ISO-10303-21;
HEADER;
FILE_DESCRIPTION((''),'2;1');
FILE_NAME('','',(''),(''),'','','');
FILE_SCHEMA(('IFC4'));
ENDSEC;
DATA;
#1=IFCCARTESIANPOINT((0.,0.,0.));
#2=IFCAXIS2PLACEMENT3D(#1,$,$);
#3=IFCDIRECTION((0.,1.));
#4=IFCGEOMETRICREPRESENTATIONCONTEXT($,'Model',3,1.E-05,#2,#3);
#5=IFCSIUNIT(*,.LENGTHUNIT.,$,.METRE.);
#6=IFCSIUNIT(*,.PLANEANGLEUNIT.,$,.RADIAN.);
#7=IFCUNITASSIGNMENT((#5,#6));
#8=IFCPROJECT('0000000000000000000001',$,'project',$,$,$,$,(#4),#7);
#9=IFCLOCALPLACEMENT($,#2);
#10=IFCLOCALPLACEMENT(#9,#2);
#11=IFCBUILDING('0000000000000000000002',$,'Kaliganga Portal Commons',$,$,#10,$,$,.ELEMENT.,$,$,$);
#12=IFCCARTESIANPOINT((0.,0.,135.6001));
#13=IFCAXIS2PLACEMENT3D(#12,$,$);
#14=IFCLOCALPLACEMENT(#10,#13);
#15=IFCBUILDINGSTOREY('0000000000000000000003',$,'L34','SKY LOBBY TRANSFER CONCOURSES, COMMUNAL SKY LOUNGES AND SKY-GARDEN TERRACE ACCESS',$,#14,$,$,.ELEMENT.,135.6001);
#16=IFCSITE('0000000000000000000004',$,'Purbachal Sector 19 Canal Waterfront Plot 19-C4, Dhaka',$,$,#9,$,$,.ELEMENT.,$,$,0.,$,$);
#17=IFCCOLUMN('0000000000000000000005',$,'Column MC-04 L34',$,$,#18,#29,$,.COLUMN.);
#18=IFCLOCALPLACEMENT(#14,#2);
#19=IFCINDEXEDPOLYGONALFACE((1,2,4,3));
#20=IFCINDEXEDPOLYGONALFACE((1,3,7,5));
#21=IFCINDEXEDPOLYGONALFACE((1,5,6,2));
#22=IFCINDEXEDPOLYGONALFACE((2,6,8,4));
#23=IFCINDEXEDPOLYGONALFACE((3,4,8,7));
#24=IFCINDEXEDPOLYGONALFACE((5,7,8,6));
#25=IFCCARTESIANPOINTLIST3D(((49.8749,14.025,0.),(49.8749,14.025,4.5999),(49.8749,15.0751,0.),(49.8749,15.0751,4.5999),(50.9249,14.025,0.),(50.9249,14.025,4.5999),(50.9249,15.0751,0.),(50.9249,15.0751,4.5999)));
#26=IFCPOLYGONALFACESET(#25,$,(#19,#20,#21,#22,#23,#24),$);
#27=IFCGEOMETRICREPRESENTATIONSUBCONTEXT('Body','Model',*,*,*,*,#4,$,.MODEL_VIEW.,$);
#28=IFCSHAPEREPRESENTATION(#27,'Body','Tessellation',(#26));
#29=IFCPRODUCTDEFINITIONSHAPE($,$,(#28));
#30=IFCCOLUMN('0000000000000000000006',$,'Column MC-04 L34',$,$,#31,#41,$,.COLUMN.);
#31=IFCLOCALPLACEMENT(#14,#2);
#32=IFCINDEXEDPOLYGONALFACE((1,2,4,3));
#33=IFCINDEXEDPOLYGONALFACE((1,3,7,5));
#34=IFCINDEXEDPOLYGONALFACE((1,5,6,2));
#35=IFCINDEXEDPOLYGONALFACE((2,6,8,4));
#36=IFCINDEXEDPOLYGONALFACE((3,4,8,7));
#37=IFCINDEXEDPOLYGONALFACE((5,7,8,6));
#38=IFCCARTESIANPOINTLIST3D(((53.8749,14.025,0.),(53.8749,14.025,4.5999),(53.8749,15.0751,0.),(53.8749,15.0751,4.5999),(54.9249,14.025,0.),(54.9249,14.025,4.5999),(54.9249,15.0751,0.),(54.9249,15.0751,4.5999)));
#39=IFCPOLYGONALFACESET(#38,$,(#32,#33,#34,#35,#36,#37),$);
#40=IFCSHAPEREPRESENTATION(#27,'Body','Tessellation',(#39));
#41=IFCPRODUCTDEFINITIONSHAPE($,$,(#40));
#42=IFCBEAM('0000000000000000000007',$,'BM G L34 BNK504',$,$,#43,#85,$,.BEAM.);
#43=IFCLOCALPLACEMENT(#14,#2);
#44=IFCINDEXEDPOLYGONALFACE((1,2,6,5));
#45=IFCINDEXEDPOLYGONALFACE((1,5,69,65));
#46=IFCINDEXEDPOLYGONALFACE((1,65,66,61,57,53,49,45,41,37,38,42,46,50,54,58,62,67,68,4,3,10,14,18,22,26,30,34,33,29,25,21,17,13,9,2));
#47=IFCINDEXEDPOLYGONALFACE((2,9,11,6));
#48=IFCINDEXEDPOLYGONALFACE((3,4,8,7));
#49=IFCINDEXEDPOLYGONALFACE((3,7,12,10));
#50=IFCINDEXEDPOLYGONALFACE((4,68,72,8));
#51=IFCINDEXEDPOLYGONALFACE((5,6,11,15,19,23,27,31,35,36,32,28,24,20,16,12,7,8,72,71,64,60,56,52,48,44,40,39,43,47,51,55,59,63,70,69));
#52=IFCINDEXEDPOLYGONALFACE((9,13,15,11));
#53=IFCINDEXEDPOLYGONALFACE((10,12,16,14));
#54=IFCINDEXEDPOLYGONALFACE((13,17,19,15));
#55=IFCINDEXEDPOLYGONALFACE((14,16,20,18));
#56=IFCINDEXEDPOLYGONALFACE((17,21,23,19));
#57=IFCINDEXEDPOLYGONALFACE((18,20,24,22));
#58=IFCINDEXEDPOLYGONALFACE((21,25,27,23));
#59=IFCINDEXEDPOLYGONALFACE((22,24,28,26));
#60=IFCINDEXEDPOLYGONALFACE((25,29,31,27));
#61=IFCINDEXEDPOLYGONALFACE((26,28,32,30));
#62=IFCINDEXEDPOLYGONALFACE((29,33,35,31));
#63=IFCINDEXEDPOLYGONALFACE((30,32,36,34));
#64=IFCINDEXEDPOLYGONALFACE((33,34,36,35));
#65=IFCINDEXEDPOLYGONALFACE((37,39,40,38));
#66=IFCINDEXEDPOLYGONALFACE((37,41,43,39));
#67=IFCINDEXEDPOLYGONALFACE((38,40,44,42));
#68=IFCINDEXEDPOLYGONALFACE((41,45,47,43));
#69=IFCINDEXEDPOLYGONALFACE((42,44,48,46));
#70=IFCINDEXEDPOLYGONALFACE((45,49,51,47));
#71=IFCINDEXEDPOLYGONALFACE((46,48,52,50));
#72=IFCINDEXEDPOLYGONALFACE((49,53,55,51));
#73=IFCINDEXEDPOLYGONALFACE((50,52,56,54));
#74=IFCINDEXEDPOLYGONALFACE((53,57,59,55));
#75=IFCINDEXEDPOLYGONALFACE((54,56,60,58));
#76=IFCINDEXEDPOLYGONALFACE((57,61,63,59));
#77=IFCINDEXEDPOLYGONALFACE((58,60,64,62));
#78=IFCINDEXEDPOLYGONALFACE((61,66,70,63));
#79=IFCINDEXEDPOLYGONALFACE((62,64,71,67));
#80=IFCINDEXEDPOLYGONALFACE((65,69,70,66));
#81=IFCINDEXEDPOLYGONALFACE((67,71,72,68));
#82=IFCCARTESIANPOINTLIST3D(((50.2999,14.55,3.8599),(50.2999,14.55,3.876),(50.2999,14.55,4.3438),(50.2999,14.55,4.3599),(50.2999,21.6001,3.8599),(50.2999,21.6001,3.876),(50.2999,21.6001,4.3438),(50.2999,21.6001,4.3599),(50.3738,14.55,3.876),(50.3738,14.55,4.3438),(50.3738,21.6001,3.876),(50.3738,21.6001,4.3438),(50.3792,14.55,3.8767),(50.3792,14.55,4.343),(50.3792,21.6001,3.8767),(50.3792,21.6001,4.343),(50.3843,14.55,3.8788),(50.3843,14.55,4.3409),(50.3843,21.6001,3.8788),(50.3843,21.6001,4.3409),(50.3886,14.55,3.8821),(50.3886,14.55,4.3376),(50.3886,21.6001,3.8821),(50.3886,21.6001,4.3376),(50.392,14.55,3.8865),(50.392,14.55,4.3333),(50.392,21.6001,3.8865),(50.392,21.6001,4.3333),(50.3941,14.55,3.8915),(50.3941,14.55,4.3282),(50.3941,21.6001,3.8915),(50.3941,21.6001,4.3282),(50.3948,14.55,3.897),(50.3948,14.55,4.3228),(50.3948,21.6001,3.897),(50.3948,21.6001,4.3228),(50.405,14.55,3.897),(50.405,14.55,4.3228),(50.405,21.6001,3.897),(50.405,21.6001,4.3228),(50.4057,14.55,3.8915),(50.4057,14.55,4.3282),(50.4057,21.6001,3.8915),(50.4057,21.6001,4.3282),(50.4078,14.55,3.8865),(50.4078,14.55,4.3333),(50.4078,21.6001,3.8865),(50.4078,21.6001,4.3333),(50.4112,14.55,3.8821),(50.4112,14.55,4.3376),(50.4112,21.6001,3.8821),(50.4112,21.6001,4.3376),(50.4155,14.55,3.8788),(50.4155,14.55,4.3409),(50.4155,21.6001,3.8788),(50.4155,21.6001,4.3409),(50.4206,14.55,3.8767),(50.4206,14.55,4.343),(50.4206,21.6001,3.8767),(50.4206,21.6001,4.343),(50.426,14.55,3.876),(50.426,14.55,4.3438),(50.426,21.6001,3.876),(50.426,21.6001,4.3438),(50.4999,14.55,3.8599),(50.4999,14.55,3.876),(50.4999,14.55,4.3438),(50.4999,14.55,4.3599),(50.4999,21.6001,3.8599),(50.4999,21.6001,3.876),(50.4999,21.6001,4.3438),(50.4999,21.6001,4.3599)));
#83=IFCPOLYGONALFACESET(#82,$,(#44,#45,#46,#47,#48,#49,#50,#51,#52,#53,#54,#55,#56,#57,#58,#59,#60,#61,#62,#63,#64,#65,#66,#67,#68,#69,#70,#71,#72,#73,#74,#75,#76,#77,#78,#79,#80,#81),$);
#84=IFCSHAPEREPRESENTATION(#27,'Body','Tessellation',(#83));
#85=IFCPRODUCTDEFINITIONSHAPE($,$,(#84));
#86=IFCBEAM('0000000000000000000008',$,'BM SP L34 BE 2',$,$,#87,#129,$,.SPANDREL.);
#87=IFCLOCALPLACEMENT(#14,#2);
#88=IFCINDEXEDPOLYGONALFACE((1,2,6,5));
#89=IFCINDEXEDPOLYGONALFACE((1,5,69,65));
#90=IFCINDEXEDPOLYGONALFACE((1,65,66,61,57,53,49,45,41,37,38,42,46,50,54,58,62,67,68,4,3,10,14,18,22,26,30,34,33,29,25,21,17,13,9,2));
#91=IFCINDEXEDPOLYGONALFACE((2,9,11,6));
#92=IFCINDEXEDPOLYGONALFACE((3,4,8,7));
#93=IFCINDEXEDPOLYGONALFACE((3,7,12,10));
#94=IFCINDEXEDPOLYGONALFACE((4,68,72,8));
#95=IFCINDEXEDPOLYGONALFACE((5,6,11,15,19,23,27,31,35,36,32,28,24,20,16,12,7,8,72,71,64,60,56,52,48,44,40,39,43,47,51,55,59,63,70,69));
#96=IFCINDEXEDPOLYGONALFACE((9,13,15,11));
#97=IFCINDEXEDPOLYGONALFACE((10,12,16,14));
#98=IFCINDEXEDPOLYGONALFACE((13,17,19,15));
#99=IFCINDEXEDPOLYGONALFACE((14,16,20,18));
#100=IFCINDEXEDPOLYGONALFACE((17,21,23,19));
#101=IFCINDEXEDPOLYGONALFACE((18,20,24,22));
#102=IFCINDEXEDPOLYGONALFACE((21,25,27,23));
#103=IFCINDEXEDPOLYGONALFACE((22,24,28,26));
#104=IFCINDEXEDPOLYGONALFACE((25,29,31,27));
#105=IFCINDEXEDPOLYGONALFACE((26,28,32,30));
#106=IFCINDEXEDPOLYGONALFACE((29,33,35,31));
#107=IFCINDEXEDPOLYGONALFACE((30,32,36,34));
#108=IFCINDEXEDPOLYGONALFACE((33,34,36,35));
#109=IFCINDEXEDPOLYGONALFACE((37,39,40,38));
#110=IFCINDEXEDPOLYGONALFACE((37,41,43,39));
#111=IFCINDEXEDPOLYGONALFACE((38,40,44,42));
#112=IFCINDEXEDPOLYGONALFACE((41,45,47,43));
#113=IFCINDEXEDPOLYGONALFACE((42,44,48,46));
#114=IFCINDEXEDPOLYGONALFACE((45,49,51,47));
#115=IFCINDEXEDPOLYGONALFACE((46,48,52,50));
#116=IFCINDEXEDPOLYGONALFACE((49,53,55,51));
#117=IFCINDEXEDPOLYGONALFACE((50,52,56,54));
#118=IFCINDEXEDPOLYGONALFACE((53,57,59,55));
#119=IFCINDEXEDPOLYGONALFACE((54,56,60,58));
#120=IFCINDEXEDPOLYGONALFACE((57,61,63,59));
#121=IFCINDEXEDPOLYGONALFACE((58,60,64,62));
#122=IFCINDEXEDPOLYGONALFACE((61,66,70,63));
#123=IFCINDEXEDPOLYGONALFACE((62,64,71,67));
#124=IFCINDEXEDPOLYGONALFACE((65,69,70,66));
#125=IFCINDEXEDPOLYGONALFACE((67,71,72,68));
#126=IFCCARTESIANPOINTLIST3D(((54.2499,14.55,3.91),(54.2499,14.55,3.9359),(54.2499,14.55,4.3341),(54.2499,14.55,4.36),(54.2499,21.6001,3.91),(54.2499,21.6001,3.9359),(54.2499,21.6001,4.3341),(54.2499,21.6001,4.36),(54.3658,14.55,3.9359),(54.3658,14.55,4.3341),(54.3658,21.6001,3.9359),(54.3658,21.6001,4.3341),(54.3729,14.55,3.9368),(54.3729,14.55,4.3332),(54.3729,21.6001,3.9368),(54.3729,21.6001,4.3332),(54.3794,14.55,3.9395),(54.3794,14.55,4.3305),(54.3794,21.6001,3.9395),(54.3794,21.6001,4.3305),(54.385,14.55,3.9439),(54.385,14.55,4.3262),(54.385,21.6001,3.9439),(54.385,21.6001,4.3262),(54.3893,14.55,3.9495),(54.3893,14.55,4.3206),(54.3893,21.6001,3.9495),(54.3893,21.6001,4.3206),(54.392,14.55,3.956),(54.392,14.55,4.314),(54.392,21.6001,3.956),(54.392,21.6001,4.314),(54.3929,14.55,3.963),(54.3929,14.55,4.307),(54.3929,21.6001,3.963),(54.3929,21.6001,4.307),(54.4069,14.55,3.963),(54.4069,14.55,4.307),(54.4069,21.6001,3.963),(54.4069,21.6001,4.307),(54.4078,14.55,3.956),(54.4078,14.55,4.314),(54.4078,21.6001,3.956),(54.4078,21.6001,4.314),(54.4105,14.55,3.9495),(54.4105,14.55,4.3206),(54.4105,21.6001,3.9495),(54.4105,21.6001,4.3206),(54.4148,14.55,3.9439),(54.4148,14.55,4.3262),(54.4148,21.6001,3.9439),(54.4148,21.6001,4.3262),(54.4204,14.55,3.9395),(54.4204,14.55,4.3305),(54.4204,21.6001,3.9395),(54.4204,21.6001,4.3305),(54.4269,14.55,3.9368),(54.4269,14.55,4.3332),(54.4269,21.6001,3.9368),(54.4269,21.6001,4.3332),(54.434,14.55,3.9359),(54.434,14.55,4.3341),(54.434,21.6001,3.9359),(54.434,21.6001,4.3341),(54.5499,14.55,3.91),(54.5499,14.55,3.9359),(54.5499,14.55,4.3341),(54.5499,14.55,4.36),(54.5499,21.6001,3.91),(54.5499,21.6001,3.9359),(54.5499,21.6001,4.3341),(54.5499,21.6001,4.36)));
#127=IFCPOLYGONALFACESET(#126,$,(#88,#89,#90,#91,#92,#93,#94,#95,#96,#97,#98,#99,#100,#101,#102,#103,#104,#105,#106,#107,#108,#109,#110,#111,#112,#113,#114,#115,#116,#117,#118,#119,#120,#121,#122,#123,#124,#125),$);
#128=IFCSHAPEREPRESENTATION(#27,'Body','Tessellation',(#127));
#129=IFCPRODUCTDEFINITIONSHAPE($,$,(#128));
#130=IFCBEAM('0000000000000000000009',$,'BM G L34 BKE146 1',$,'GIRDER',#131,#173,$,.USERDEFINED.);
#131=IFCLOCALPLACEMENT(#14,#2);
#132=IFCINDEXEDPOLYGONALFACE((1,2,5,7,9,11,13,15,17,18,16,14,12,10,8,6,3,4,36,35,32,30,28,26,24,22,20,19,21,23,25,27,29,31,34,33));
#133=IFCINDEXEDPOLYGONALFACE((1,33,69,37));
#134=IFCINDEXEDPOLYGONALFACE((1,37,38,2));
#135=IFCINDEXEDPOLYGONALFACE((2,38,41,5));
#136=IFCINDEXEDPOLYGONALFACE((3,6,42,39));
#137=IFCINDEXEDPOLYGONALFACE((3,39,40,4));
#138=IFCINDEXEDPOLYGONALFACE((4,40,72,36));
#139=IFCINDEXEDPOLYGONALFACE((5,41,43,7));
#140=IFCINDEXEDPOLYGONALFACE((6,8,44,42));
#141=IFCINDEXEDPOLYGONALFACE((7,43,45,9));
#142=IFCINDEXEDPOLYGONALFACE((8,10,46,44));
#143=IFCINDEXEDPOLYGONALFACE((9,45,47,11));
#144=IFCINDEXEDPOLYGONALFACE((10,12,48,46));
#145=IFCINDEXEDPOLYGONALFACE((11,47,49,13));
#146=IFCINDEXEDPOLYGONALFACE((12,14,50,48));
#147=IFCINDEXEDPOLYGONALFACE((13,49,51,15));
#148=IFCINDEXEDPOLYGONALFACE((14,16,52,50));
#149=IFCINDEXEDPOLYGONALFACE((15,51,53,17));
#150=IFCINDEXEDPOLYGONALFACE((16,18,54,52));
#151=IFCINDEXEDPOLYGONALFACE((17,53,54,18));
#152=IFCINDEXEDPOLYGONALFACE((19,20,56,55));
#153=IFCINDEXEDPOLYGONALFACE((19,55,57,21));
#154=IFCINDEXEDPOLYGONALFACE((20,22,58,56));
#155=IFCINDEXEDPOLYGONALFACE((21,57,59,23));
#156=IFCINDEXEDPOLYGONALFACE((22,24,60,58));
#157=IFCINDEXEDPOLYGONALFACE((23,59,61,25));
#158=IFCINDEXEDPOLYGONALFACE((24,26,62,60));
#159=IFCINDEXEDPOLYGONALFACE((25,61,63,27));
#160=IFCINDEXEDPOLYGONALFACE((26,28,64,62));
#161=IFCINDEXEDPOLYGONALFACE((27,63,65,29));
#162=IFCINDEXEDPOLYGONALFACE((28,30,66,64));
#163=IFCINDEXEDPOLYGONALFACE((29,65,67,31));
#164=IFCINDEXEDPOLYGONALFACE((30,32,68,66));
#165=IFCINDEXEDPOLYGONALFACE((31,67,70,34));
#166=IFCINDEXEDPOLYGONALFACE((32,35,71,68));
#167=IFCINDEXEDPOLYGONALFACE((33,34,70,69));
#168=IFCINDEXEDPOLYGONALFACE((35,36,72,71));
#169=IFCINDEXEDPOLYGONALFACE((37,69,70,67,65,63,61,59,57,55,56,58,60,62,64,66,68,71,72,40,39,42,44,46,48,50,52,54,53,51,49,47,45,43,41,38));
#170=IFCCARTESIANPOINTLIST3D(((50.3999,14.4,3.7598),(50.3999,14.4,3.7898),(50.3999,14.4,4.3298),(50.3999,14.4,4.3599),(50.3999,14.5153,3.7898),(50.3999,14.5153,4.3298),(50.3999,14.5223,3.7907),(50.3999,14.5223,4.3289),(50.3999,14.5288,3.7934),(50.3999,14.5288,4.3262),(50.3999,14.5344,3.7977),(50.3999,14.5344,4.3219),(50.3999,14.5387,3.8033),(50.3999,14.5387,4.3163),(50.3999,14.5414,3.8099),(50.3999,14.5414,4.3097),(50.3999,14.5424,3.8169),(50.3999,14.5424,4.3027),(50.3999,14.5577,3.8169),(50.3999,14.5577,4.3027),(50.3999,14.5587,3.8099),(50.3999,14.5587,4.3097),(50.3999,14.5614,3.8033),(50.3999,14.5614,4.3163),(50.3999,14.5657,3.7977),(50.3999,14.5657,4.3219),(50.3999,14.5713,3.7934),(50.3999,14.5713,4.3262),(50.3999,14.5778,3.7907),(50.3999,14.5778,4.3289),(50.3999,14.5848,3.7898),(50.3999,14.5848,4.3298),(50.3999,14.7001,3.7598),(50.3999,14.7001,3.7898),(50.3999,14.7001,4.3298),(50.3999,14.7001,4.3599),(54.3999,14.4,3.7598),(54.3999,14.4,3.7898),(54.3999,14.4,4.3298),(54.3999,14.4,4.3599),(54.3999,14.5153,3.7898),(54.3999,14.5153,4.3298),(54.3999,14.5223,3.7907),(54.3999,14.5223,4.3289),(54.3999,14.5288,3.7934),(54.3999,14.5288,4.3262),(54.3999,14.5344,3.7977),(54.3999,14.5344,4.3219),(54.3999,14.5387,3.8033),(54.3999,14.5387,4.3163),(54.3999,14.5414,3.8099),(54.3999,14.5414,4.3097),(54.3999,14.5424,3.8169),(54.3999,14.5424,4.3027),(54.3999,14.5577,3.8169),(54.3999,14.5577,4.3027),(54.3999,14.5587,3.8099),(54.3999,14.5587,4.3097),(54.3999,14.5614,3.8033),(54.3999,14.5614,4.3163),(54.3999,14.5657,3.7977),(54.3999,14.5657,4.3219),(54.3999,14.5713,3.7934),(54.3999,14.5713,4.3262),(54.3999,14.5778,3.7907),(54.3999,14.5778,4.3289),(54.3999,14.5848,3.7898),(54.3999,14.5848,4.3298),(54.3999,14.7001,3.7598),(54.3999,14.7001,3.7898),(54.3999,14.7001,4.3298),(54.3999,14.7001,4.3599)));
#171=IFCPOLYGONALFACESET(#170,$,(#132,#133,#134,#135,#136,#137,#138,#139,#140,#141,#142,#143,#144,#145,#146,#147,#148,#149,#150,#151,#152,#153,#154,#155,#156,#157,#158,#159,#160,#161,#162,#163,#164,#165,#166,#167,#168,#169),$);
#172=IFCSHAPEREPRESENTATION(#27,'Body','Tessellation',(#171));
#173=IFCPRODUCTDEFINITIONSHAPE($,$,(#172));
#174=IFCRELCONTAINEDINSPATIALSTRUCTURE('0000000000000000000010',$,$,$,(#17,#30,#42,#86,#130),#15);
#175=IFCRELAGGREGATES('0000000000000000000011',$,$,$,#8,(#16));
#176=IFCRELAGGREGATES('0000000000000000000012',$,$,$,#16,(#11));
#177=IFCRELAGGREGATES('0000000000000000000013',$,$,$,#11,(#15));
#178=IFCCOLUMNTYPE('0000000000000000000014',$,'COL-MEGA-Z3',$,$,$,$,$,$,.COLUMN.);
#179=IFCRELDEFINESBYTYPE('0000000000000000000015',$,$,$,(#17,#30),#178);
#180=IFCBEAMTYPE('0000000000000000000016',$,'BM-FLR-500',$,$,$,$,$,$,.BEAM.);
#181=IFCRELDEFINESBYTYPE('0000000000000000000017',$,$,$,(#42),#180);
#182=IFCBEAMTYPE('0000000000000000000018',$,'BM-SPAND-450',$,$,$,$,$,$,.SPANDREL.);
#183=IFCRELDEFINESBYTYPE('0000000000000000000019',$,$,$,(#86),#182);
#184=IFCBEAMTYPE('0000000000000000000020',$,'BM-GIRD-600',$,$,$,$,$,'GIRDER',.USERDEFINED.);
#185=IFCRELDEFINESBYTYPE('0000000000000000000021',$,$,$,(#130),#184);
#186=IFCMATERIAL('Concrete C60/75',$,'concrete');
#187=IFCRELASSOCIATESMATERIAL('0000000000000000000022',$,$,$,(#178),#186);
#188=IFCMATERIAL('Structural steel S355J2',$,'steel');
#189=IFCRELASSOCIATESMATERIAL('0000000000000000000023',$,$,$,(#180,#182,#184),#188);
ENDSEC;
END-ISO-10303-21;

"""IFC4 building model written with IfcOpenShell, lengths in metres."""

from ifc_helpers import new_model, si_unit, direction, frame, origin, origin_2d, place, context, subcontext, project, spatial, rectangle, i_section, extrude, source, transform, mapped, material, material_profile, profile_set, type_object, element, save


model = new_model("IFC4")

# Units and contexts
model_context = context("Model", 3, precision=1e-05, world=origin(), true_north=direction((0.0, 1.0)))
body_context = subcontext(model_context, "Body", "Model", "MODEL_VIEW")
ifc_project = project(units=[si_unit("LENGTHUNIT", "METRE"), si_unit("PLANEANGLEUNIT", "RADIAN")], contexts=[model_context])

# Site, building, storey
site_placement = place(None, origin())
site = spatial("IfcSite", under=ifc_project, at=site_placement, Name="Purbachal Sector 19 Canal Waterfront Plot 19-C4, Dhaka", CompositionType="ELEMENT", RefElevation=0.0)
building_placement = place(site_placement, origin())
building = spatial("IfcBuilding", under=site, at=building_placement, Name="Kaliganga Portal Commons", CompositionType="ELEMENT")
storey_placement = place(building_placement, frame((0.0, 0.0, 135.6001)))
storey = spatial("IfcBuildingStorey", under=building, at=storey_placement, Name="L34", Description="SKY LOBBY TRANSFER CONCOURSES, COMMUNAL SKY LOUNGES AND SKY-GARDEN TERRACE ACCESS", CompositionType="ELEMENT", Elevation=135.6001)

# Columns
ifc_material_1 = material(Name="Concrete C60/75", Category="concrete")
ifc_material_profile_1 = material_profile(ifc_material_1, rectangle(XDim=1.05, YDim=1.05, at=origin_2d()), Name="RC 1050x1050")
ifc_profile_set_1 = profile_set([ifc_material_profile_1], Name="Concrete C60/75")
column_type = type_object("IfcColumnType", Name="COL-MEGA-Z3", PredefinedType="COLUMN", material=ifc_profile_set_1)
shared_shape_1 = source(origin(), body_context, "Body", "SweptSolid", [
    extrude(rectangle(XDim=1.05, YDim=1.05, at=origin_2d()), origin(), (0.0, 0.0, 1.0), 4.5999),
])
for number, where, z_axis, x_axis, name in (
    (1, (50.3999, 14.55, 0.0), (0.0, 0.0, 1.0), (1.0, 0.0, 0.0), "Column MC-04 L34"),
    (2, (54.3999, 14.55, 0.0), (0.0, 0.0, 1.0), (1.0, 0.0, 0.0), "Column MC-04 L34"),
):
    element("IfcColumn", number, at=place(storey_placement, frame(where, z_axis=z_axis, x_axis=x_axis)), inside=storey, type_object=column_type, Name=name, PredefinedType="COLUMN", context=body_context, shape_type="MappedRepresentation", body=[
        mapped(shared_shape_1, transform((0.0, 0.0, 0.0), x_axis=(1.0, 0.0, 0.0), y_axis=(0.0, 1.0, 0.0), z_axis=(0.0, 0.0, 1.0), scale=1.0)),
    ])

# Beams
ifc_material_2 = material(Name="Structural steel S355J2", Category="steel")
ifc_material_profile_2 = material_profile(ifc_material_2, i_section(OverallWidth=0.2, OverallDepth=0.5, WebThickness=0.0103, FlangeThickness=0.0161, FilletRadius=0.021, at=origin_2d()), Name="IPE 500")
ifc_profile_set_2 = profile_set([ifc_material_profile_2], Name="Structural steel S355J2 wide-flange")
beam_type_1 = type_object("IfcBeamType", Name="BM-FLR-500", PredefinedType="BEAM", material=ifc_profile_set_2)
shared_shape_2 = source(origin(), body_context, "Body", "SweptSolid", [
    extrude(i_section(OverallWidth=0.2, OverallDepth=0.5, WebThickness=0.0103, FlangeThickness=0.0161, FilletRadius=0.021, at=origin_2d()), origin(), (0.0, 0.0, 1.0), 7.05),
])
beam_1_placement = place(storey_placement, frame((50.3999, 14.55, 4.1099), z_axis=(0.0, 1.0, 0.0), x_axis=(-1.0, 0.0, 0.0)))
element("IfcBeam", 3, at=beam_1_placement, inside=storey, type_object=beam_type_1, Name="BM G L34 BNK504", PredefinedType="BEAM", context=body_context, shape_type="MappedRepresentation", body=[
    mapped(shared_shape_2, transform((0.0, 0.0, 0.0), x_axis=(1.0, 0.0, 0.0), y_axis=(0.0, 1.0, 0.0), z_axis=(0.0, 0.0, 1.0), scale=1.0)),
])
ifc_material_profile_3 = material_profile(ifc_material_2, i_section(OverallWidth=0.3, OverallDepth=0.45, WebThickness=0.0139, FlangeThickness=0.0259, FilletRadius=0.0271, at=origin_2d()), Name="HE 450 B")
ifc_profile_set_3 = profile_set([ifc_material_profile_3], Name="Structural steel S355J2 wide-flange")
beam_type_2 = type_object("IfcBeamType", Name="BM-SPAND-450", PredefinedType="SPANDREL", material=ifc_profile_set_3)
shared_shape_3 = source(origin(), body_context, "Body", "SweptSolid", [
    extrude(i_section(OverallWidth=0.3, OverallDepth=0.45, WebThickness=0.0139, FlangeThickness=0.0259, FilletRadius=0.0271, at=origin_2d()), origin(), (0.0, 0.0, 1.0), 7.05),
])
beam_2_placement = place(storey_placement, frame((54.3999, 14.55, 4.135), z_axis=(0.0, 1.0, 0.0), x_axis=(-1.0, 0.0, 0.0)))
element("IfcBeam", 4, at=beam_2_placement, inside=storey, type_object=beam_type_2, Name="BM SP L34 BE 2", PredefinedType="SPANDREL", context=body_context, shape_type="MappedRepresentation", body=[
    mapped(shared_shape_3, transform((0.0, 0.0, 0.0), x_axis=(1.0, 0.0, 0.0), y_axis=(0.0, 1.0, 0.0), z_axis=(0.0, 0.0, 1.0), scale=1.0)),
])
ifc_material_profile_4 = material_profile(ifc_material_2, i_section(OverallWidth=0.3, OverallDepth=0.6001, WebThickness=0.0154, FlangeThickness=0.03, FilletRadius=0.0271, at=origin_2d()), Name="HE 600 B")
ifc_profile_set_4 = profile_set([ifc_material_profile_4], Name="Structural steel S355J2 wide-flange")
beam_type_3 = type_object("IfcBeamType", Name="BM-GIRD-600", ElementType="GIRDER", PredefinedType="USERDEFINED", material=ifc_profile_set_4)
shared_shape_4 = source(origin(), body_context, "Body", "SweptSolid", [
    extrude(i_section(OverallWidth=0.3, OverallDepth=0.6001, WebThickness=0.0154, FlangeThickness=0.03, FilletRadius=0.0271, at=origin_2d()), origin(), (0.0, 0.0, 1.0), 4.0),
])
beam_3_placement = place(storey_placement, frame((50.3999, 14.55, 4.0598), z_axis=(1.0, 0.0, 0.0), x_axis=(0.0, 1.0, 0.0)))
element("IfcBeam", 5, at=beam_3_placement, inside=storey, type_object=beam_type_3, Name="BM G L34 BKE146 1", ObjectType="GIRDER", PredefinedType="USERDEFINED", context=body_context, shape_type="MappedRepresentation", body=[
    mapped(shared_shape_4, transform((0.0, 0.0, 0.0), x_axis=(1.0, 0.0, 0.0), y_axis=(0.0, 1.0, 0.0), z_axis=(0.0, 0.0, 1.0), scale=1.0)),
])

save(model, "model.ifc")
